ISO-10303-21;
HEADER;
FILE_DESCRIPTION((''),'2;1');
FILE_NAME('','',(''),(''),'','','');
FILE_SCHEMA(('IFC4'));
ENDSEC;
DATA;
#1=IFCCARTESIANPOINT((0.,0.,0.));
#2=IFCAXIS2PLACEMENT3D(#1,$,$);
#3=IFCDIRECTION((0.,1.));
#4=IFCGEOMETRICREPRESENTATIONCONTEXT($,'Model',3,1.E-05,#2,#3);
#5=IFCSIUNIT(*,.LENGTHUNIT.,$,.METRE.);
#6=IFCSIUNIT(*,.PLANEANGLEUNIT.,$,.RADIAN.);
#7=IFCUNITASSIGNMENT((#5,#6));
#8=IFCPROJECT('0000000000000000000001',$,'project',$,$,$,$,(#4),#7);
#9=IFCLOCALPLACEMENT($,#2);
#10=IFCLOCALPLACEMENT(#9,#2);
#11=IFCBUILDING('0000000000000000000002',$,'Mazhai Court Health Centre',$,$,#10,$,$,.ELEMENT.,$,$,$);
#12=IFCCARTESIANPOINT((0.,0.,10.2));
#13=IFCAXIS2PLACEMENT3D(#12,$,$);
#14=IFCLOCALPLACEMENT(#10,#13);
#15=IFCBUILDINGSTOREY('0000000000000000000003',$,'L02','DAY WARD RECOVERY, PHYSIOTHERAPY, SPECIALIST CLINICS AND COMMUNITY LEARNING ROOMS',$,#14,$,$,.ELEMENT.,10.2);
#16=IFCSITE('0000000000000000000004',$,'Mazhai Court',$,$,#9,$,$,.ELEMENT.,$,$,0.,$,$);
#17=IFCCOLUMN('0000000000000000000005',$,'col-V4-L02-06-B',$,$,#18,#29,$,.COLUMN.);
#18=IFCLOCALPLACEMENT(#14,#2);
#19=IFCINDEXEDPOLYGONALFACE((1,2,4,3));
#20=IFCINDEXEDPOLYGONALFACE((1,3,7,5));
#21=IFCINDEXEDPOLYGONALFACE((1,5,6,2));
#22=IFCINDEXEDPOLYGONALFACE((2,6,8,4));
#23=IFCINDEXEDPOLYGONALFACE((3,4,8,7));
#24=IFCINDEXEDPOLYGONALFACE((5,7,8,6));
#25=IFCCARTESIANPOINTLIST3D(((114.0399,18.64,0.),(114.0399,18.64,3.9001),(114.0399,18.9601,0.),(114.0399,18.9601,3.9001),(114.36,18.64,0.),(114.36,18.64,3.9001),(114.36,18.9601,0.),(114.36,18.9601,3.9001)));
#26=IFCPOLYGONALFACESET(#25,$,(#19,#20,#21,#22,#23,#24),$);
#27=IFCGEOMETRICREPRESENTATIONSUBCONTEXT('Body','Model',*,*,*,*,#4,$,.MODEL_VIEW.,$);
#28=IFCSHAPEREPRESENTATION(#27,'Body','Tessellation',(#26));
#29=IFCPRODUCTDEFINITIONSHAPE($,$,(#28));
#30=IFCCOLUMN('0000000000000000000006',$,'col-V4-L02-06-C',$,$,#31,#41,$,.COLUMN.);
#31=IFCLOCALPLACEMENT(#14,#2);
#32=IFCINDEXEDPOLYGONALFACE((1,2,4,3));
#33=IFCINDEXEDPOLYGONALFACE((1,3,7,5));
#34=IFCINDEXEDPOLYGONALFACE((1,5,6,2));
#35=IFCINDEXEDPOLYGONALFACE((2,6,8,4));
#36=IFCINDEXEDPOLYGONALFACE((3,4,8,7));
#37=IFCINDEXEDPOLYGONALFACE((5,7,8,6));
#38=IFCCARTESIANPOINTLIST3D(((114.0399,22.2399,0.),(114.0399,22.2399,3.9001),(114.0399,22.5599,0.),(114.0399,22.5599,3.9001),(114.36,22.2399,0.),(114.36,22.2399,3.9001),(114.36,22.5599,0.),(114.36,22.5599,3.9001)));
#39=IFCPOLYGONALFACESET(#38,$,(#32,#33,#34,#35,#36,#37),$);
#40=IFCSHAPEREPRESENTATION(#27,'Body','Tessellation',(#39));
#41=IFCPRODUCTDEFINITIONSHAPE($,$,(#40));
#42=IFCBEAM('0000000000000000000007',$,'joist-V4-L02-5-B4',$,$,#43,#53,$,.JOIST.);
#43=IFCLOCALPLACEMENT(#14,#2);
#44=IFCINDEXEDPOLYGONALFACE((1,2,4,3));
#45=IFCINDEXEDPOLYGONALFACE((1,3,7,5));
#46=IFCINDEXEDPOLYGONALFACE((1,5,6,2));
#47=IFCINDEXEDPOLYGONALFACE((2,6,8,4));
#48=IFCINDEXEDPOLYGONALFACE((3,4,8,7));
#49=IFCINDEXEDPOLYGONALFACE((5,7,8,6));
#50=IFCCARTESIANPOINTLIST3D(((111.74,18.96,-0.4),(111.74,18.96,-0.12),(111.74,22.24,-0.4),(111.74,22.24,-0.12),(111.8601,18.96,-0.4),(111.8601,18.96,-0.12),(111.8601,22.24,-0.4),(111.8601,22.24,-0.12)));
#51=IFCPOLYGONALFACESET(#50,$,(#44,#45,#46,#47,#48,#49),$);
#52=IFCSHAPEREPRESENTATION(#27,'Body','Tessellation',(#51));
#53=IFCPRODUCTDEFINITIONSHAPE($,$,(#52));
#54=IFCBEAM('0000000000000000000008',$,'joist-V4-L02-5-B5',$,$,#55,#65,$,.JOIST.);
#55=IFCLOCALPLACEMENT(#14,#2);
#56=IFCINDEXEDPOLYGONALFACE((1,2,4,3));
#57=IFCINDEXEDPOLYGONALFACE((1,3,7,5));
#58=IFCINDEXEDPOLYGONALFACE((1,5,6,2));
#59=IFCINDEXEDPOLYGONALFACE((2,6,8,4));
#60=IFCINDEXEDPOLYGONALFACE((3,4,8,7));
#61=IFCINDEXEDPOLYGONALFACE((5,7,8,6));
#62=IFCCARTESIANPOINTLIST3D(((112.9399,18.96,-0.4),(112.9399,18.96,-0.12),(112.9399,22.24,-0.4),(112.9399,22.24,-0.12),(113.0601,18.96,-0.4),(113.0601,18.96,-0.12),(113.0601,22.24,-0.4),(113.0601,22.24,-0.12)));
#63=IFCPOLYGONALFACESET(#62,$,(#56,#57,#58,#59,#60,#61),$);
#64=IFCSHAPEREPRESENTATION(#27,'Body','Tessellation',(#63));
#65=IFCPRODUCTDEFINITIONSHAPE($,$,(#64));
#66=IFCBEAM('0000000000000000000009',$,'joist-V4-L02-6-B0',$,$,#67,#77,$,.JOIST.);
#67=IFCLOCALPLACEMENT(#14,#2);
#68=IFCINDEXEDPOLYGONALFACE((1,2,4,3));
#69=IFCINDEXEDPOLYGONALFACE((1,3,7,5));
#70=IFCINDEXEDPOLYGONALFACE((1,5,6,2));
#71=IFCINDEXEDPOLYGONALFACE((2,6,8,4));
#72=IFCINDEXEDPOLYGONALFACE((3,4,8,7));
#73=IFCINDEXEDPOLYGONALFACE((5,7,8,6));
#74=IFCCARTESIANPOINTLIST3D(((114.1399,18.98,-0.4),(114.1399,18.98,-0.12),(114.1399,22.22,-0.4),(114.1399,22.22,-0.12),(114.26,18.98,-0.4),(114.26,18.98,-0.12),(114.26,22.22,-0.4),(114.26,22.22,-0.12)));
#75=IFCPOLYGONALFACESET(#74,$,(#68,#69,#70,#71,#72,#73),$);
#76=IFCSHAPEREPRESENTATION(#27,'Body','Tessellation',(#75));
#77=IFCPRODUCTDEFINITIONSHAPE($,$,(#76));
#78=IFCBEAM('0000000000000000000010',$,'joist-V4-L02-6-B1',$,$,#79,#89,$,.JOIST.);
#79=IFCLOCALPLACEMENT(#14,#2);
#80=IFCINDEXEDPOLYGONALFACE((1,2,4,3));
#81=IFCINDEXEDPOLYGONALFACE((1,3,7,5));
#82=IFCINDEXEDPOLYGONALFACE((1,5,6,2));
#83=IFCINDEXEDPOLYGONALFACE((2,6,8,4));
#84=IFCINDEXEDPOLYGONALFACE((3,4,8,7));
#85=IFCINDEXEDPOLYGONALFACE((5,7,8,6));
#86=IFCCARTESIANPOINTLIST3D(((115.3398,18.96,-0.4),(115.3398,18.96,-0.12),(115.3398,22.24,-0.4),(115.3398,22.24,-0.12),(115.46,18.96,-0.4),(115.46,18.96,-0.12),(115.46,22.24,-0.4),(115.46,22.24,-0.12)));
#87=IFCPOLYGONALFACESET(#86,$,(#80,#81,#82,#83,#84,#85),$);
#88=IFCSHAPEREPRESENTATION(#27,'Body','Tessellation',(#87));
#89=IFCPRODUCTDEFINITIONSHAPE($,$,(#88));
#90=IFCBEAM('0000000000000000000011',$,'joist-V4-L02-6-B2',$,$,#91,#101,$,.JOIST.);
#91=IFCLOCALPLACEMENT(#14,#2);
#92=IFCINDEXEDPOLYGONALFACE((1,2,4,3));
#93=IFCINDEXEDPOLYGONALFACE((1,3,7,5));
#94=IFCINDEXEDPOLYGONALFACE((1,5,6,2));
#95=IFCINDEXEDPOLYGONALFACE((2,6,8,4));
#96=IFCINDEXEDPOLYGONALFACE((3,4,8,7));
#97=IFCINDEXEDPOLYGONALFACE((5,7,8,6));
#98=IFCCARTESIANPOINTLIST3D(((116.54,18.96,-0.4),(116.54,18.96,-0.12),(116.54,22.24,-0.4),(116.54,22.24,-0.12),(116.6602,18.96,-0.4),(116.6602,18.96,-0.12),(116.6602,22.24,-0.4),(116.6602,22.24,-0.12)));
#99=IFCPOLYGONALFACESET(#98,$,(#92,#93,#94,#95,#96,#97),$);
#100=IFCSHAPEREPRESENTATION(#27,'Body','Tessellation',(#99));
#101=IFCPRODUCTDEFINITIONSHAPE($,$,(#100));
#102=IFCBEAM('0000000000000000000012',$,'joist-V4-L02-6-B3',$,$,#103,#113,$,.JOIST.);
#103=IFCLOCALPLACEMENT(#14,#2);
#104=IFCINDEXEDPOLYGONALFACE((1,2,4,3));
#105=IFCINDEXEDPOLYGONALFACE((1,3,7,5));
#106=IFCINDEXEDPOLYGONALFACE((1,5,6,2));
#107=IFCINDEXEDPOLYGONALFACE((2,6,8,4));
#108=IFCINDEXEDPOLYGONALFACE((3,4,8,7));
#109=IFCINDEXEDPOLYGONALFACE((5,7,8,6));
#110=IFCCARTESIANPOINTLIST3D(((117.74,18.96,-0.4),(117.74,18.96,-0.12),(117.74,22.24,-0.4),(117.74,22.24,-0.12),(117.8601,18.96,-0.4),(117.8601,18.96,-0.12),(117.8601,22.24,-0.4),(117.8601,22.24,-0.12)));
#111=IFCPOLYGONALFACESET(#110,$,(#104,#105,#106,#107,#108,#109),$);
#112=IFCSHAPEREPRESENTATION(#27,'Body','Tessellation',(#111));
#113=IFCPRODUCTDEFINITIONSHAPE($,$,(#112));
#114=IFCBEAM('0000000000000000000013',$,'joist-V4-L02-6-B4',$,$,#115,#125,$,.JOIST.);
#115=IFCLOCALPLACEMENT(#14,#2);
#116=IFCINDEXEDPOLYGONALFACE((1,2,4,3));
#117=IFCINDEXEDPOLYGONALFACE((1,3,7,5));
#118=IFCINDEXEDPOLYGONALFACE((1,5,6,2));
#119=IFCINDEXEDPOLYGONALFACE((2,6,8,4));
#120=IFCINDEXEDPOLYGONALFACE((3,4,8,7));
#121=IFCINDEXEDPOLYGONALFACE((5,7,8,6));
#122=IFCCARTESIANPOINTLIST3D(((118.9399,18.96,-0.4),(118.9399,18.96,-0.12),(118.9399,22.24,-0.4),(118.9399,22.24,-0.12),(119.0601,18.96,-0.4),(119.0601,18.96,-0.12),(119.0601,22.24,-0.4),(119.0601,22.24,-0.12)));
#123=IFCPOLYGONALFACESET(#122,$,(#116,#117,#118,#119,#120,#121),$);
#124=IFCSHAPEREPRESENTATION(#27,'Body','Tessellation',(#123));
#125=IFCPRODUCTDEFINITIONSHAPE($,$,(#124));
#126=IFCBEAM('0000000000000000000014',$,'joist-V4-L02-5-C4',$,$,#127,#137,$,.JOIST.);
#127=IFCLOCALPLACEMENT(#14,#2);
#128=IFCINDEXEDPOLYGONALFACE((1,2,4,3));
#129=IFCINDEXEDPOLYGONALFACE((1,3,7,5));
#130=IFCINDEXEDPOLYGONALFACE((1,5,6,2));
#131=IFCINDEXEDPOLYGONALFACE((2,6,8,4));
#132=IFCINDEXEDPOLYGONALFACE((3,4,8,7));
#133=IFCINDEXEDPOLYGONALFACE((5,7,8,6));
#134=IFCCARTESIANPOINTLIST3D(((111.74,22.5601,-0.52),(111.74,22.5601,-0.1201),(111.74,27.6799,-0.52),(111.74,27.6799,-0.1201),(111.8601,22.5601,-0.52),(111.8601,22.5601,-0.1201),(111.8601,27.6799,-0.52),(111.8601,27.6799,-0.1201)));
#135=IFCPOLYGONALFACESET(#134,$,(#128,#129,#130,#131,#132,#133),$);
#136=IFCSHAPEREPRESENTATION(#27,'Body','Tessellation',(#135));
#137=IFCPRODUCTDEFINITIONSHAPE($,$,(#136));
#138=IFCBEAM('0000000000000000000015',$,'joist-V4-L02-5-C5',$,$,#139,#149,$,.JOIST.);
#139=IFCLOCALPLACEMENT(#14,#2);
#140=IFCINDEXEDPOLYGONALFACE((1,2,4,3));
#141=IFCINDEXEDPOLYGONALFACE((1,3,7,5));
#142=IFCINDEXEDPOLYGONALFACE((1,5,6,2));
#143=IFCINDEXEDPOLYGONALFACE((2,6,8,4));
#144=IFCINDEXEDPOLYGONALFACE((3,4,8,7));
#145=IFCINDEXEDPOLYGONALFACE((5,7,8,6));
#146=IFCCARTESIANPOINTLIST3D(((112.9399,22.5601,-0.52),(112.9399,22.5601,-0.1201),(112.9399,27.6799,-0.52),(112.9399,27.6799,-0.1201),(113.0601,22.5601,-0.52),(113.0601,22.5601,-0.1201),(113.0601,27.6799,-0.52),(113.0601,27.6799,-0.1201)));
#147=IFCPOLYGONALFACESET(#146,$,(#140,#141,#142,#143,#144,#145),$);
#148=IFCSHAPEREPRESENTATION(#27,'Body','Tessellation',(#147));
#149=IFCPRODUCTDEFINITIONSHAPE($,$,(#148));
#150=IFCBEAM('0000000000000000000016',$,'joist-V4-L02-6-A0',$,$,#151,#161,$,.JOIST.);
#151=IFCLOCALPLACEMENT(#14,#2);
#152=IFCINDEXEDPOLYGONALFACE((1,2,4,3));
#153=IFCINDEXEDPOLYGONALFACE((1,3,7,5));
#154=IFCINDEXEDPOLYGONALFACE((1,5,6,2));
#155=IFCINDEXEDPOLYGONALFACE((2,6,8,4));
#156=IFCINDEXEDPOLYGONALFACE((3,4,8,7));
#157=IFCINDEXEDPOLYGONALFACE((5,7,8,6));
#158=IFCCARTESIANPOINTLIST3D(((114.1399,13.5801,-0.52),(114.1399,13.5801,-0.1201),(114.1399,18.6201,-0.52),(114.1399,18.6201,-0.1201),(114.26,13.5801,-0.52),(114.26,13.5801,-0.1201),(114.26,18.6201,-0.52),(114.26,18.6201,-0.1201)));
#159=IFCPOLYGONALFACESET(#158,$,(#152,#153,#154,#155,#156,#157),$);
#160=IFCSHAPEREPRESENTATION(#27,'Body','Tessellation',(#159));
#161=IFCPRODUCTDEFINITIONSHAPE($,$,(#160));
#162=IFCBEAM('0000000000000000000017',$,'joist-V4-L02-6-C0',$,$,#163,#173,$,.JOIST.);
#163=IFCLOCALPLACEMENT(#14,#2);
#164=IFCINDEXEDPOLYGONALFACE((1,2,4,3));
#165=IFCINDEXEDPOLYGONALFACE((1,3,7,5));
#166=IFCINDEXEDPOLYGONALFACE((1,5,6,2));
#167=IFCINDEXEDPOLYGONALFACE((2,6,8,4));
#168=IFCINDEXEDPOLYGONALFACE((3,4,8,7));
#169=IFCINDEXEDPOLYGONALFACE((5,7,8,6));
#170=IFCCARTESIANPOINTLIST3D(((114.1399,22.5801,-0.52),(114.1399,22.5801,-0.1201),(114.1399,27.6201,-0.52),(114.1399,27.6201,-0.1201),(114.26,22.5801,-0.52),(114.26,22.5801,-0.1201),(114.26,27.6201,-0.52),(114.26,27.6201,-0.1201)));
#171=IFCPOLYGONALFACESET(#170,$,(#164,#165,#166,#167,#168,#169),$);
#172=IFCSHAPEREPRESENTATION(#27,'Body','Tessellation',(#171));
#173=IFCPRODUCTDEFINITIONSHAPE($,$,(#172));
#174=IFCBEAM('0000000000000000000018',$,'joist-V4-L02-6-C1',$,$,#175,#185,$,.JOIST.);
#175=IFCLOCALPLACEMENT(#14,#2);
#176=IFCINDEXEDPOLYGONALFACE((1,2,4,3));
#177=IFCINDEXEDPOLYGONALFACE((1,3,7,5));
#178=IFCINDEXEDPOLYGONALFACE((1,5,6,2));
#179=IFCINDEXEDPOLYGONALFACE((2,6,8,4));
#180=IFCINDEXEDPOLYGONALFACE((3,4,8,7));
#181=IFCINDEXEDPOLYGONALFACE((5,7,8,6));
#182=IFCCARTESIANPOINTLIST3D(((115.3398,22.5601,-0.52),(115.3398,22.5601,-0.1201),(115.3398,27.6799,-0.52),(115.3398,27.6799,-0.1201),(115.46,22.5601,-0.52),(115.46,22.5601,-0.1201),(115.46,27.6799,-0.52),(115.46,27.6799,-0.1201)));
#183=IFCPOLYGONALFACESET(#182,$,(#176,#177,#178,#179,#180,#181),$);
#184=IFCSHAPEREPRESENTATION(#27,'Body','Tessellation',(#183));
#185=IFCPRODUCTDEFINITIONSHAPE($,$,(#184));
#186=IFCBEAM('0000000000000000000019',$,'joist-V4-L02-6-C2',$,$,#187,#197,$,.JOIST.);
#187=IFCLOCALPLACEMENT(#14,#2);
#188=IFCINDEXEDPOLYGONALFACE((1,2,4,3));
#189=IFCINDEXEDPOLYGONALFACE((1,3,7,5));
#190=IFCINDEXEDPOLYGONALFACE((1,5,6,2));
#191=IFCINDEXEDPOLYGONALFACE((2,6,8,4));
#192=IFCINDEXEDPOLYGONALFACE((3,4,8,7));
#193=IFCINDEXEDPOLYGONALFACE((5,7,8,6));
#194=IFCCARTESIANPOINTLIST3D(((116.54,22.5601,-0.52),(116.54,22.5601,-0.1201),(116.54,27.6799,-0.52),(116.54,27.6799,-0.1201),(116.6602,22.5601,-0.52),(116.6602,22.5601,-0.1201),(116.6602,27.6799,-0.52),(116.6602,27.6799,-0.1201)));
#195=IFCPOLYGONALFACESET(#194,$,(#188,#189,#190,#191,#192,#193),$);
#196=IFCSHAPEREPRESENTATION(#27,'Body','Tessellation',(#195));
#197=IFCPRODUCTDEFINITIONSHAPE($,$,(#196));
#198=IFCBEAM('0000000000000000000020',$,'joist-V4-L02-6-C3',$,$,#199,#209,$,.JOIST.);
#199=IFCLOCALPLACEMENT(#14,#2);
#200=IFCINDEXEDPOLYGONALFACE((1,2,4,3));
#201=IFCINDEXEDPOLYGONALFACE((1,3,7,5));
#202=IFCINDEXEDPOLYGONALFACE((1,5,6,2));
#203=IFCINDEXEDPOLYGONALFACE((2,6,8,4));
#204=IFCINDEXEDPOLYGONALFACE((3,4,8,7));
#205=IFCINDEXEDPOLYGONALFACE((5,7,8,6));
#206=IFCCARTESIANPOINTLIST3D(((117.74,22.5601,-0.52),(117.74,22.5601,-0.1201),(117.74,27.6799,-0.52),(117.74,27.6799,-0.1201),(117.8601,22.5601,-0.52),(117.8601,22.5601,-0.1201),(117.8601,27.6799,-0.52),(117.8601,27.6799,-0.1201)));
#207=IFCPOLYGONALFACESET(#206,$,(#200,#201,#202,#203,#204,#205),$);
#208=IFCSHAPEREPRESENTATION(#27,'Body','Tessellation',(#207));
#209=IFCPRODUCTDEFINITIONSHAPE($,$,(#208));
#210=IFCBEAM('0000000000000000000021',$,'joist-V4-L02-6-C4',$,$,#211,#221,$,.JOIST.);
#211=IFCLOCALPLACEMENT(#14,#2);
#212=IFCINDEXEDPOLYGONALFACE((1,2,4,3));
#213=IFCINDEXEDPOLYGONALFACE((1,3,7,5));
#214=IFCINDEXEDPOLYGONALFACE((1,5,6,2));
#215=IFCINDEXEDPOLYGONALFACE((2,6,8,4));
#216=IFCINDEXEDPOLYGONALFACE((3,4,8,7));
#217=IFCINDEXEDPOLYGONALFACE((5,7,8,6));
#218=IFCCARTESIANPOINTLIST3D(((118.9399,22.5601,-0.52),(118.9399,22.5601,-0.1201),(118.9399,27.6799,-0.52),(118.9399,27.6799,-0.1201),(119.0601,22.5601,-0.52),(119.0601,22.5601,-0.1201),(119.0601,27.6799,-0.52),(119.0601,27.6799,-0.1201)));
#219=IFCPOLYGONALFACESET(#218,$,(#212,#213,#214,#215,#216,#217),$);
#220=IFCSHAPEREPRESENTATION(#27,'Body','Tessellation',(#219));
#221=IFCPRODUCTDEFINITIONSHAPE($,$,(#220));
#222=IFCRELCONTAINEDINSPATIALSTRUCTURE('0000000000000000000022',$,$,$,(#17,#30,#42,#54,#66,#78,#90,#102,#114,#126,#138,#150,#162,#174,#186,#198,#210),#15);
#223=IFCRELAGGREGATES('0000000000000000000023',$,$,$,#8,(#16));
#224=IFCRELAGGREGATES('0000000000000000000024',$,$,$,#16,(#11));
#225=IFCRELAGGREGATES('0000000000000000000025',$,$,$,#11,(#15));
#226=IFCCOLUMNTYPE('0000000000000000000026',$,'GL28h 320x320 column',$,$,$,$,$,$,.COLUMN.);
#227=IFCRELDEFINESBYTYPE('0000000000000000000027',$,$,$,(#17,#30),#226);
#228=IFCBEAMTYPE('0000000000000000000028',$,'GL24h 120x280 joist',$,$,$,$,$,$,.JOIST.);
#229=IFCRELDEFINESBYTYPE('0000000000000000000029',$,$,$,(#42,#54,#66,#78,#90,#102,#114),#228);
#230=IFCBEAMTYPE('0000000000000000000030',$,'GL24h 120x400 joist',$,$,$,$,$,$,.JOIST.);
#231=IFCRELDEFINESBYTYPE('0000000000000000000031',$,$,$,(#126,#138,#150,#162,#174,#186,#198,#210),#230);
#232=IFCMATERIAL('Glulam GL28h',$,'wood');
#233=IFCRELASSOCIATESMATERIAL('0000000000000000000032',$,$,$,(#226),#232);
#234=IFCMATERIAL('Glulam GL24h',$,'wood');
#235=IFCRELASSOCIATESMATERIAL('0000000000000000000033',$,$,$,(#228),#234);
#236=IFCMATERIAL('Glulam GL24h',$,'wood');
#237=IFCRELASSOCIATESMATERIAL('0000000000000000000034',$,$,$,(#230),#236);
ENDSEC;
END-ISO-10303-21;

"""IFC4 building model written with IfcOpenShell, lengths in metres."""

from ifc_helpers import new_model, si_unit, direction, frame, origin, origin_2d, place, context, subcontext, project, spatial, rectangle, extrude, material, material_profile, profile_set, type_object, element, save


model = new_model("IFC4")

# Units and contexts
model_context = context("Model", 3, precision=1e-05, world=origin(), true_north=direction((0.0, 1.0)))
body_context = subcontext(model_context, "Body", "Model", "MODEL_VIEW")
ifc_project = project(units=[si_unit("LENGTHUNIT", "METRE"), si_unit("PLANEANGLEUNIT", "RADIAN")], contexts=[model_context])

# Site, building, storey
site_placement = place(None, origin())
site = spatial("IfcSite", under=ifc_project, at=site_placement, Name="Mazhai Court", CompositionType="ELEMENT", RefElevation=0.0)
building_placement = place(site_placement, origin())
building = spatial("IfcBuilding", under=site, at=building_placement, Name="Mazhai Court Health Centre", CompositionType="ELEMENT")
storey_placement = place(building_placement, frame((0.0, 0.0, 10.2)))
storey = spatial("IfcBuildingStorey", under=building, at=storey_placement, Name="L02", Description="DAY WARD RECOVERY, PHYSIOTHERAPY, SPECIALIST CLINICS AND COMMUNITY LEARNING ROOMS", CompositionType="ELEMENT", Elevation=10.2)

# Columns
ifc_material_1 = material(Name="Glulam GL28h", Category="wood")
ifc_material_profile_1 = material_profile(ifc_material_1, rectangle(XDim=0.3201, YDim=0.3201, at=origin_2d()), Name="GL28h 320x320")
ifc_profile_set_1 = profile_set([ifc_material_profile_1], Name="Glulam GL28h")
column_type = type_object("IfcColumnType", Name="GL28h 320x320 column", PredefinedType="COLUMN", material=ifc_profile_set_1)
for number, where, z_axis, x_axis, name in (
    (1, (114.2, 18.8, 0.0), (0.0, 0.0, 1.0), (1.0, 0.0, 0.0), "col-V4-L02-06-B"),
    (2, (114.2, 22.3999, 0.0), (0.0, 0.0, 1.0), (1.0, 0.0, 0.0), "col-V4-L02-06-C"),
):
    element("IfcColumn", number, at=place(storey_placement, frame(where, z_axis=z_axis, x_axis=x_axis)), inside=storey, type_object=column_type, Name=name, PredefinedType="COLUMN", context=body_context, shape_type="SweptSolid", body=[
        extrude(rectangle(XDim=0.3201, YDim=0.3201, at=origin_2d()), origin(), (0.0, 0.0, 1.0), 3.9001),
    ])

# Beams
ifc_material_2 = material(Name="Glulam GL24h", Category="wood")
ifc_material_profile_2 = material_profile(ifc_material_2, rectangle(XDim=0.1201, YDim=0.28, at=origin_2d()), Name="GL24h 120x280")
ifc_profile_set_2 = profile_set([ifc_material_profile_2], Name="Glulam GL24h")
beam_type_1 = type_object("IfcBeamType", Name="GL24h 120x280 joist", PredefinedType="JOIST", material=ifc_profile_set_2)
for number, where, z_axis, x_axis, name in (
    (3, (111.8, 18.96, -0.26), (0.0, 1.0, 0.0), (-1.0, 0.0, 0.0), "joist-V4-L02-5-B4"),
    (4, (113.0, 18.96, -0.26), (0.0, 1.0, 0.0), (-1.0, 0.0, 0.0), "joist-V4-L02-5-B5"),
):
    element("IfcBeam", number, at=place(storey_placement, frame(where, z_axis=z_axis, x_axis=x_axis)), inside=storey, type_object=beam_type_1, Name=name, PredefinedType="JOIST", context=body_context, shape_type="SweptSolid", body=[
        extrude(rectangle(XDim=0.1201, YDim=0.28, at=origin_2d()), origin(), (0.0, 0.0, 1.0), 3.28),
    ])
beam_placement = place(storey_placement, frame((114.2, 18.98, -0.26), z_axis=(0.0, 1.0, 0.0), x_axis=(-1.0, 0.0, 0.0)))
element("IfcBeam", 5, at=beam_placement, inside=storey, type_object=beam_type_1, Name="joist-V4-L02-6-B0", PredefinedType="JOIST", context=body_context, shape_type="SweptSolid", body=[
    extrude(rectangle(XDim=0.1201, YDim=0.28, at=origin_2d()), origin(), (0.0, 0.0, 1.0), 3.24),
])
for number, where, z_axis, x_axis, name in (
    (6, (115.3999, 18.96, -0.26), (0.0, 1.0, 0.0), (-1.0, 0.0, 0.0), "joist-V4-L02-6-B1"),
    (7, (116.6001, 18.96, -0.26), (0.0, 1.0, 0.0), (-1.0, 0.0, 0.0), "joist-V4-L02-6-B2"),
    (8, (117.8, 18.96, -0.26), (0.0, 1.0, 0.0), (-1.0, 0.0, 0.0), "joist-V4-L02-6-B3"),
    (9, (119.0, 18.96, -0.26), (0.0, 1.0, 0.0), (-1.0, 0.0, 0.0), "joist-V4-L02-6-B4"),
):
    element("IfcBeam", number, at=place(storey_placement, frame(where, z_axis=z_axis, x_axis=x_axis)), inside=storey, type_object=beam_type_1, Name=name, PredefinedType="JOIST", context=body_context, shape_type="SweptSolid", body=[
        extrude(rectangle(XDim=0.1201, YDim=0.28, at=origin_2d()), origin(), (0.0, 0.0, 1.0), 3.28),
    ])
ifc_material_3 = material(Name="Glulam GL24h", Category="wood")
ifc_material_profile_3 = material_profile(ifc_material_3, rectangle(XDim=0.1201, YDim=0.3999, at=origin_2d()), Name="GL24h 120x400")
ifc_profile_set_3 = profile_set([ifc_material_profile_3], Name="Glulam GL24h")
beam_type_2 = type_object("IfcBeamType", Name="GL24h 120x400 joist", PredefinedType="JOIST", material=ifc_profile_set_3)
for number, where, z_axis, x_axis, name in (
    (10, (111.8, 22.5601, -0.3201), (0.0, 1.0, 0.0), (-1.0, 0.0, 0.0), "joist-V4-L02-5-C4"),
    (11, (113.0, 22.5601, -0.3201), (0.0, 1.0, 0.0), (-1.0, 0.0, 0.0), "joist-V4-L02-5-C5"),
):
    element("IfcBeam", number, at=place(storey_placement, frame(where, z_axis=z_axis, x_axis=x_axis)), inside=storey, type_object=beam_type_2, Name=name, PredefinedType="JOIST", context=body_context, shape_type="SweptSolid", body=[
        extrude(rectangle(XDim=0.1201, YDim=0.3999, at=origin_2d()), origin(), (0.0, 0.0, 1.0), 5.1199),
    ])
for number, where, z_axis, x_axis, name in (
    (12, (114.2, 13.5801, -0.3201), (0.0, 1.0, 0.0), (-1.0, 0.0, 0.0), "joist-V4-L02-6-A0"),
    (13, (114.2, 22.5801, -0.3201), (0.0, 1.0, 0.0), (-1.0, 0.0, 0.0), "joist-V4-L02-6-C0"),
):
    element("IfcBeam", number, at=place(storey_placement, frame(where, z_axis=z_axis, x_axis=x_axis)), inside=storey, type_object=beam_type_2, Name=name, PredefinedType="JOIST", context=body_context, shape_type="SweptSolid", body=[
        extrude(rectangle(XDim=0.1201, YDim=0.3999, at=origin_2d()), origin(), (0.0, 0.0, 1.0), 5.04),
    ])
for number, where, z_axis, x_axis, name in (
    (14, (115.3999, 22.5601, -0.3201), (0.0, 1.0, 0.0), (-1.0, 0.0, 0.0), "joist-V4-L02-6-C1"),
    (15, (116.6001, 22.5601, -0.3201), (0.0, 1.0, 0.0), (-1.0, 0.0, 0.0), "joist-V4-L02-6-C2"),
    (16, (117.8, 22.5601, -0.3201), (0.0, 1.0, 0.0), (-1.0, 0.0, 0.0), "joist-V4-L02-6-C3"),
    (17, (119.0, 22.5601, -0.3201), (0.0, 1.0, 0.0), (-1.0, 0.0, 0.0), "joist-V4-L02-6-C4"),
):
    element("IfcBeam", number, at=place(storey_placement, frame(where, z_axis=z_axis, x_axis=x_axis)), inside=storey, type_object=beam_type_2, Name=name, PredefinedType="JOIST", context=body_context, shape_type="SweptSolid", body=[
        extrude(rectangle(XDim=0.1201, YDim=0.3999, at=origin_2d()), origin(), (0.0, 0.0, 1.0), 5.1199),
    ])

save(model, "model.ifc")
